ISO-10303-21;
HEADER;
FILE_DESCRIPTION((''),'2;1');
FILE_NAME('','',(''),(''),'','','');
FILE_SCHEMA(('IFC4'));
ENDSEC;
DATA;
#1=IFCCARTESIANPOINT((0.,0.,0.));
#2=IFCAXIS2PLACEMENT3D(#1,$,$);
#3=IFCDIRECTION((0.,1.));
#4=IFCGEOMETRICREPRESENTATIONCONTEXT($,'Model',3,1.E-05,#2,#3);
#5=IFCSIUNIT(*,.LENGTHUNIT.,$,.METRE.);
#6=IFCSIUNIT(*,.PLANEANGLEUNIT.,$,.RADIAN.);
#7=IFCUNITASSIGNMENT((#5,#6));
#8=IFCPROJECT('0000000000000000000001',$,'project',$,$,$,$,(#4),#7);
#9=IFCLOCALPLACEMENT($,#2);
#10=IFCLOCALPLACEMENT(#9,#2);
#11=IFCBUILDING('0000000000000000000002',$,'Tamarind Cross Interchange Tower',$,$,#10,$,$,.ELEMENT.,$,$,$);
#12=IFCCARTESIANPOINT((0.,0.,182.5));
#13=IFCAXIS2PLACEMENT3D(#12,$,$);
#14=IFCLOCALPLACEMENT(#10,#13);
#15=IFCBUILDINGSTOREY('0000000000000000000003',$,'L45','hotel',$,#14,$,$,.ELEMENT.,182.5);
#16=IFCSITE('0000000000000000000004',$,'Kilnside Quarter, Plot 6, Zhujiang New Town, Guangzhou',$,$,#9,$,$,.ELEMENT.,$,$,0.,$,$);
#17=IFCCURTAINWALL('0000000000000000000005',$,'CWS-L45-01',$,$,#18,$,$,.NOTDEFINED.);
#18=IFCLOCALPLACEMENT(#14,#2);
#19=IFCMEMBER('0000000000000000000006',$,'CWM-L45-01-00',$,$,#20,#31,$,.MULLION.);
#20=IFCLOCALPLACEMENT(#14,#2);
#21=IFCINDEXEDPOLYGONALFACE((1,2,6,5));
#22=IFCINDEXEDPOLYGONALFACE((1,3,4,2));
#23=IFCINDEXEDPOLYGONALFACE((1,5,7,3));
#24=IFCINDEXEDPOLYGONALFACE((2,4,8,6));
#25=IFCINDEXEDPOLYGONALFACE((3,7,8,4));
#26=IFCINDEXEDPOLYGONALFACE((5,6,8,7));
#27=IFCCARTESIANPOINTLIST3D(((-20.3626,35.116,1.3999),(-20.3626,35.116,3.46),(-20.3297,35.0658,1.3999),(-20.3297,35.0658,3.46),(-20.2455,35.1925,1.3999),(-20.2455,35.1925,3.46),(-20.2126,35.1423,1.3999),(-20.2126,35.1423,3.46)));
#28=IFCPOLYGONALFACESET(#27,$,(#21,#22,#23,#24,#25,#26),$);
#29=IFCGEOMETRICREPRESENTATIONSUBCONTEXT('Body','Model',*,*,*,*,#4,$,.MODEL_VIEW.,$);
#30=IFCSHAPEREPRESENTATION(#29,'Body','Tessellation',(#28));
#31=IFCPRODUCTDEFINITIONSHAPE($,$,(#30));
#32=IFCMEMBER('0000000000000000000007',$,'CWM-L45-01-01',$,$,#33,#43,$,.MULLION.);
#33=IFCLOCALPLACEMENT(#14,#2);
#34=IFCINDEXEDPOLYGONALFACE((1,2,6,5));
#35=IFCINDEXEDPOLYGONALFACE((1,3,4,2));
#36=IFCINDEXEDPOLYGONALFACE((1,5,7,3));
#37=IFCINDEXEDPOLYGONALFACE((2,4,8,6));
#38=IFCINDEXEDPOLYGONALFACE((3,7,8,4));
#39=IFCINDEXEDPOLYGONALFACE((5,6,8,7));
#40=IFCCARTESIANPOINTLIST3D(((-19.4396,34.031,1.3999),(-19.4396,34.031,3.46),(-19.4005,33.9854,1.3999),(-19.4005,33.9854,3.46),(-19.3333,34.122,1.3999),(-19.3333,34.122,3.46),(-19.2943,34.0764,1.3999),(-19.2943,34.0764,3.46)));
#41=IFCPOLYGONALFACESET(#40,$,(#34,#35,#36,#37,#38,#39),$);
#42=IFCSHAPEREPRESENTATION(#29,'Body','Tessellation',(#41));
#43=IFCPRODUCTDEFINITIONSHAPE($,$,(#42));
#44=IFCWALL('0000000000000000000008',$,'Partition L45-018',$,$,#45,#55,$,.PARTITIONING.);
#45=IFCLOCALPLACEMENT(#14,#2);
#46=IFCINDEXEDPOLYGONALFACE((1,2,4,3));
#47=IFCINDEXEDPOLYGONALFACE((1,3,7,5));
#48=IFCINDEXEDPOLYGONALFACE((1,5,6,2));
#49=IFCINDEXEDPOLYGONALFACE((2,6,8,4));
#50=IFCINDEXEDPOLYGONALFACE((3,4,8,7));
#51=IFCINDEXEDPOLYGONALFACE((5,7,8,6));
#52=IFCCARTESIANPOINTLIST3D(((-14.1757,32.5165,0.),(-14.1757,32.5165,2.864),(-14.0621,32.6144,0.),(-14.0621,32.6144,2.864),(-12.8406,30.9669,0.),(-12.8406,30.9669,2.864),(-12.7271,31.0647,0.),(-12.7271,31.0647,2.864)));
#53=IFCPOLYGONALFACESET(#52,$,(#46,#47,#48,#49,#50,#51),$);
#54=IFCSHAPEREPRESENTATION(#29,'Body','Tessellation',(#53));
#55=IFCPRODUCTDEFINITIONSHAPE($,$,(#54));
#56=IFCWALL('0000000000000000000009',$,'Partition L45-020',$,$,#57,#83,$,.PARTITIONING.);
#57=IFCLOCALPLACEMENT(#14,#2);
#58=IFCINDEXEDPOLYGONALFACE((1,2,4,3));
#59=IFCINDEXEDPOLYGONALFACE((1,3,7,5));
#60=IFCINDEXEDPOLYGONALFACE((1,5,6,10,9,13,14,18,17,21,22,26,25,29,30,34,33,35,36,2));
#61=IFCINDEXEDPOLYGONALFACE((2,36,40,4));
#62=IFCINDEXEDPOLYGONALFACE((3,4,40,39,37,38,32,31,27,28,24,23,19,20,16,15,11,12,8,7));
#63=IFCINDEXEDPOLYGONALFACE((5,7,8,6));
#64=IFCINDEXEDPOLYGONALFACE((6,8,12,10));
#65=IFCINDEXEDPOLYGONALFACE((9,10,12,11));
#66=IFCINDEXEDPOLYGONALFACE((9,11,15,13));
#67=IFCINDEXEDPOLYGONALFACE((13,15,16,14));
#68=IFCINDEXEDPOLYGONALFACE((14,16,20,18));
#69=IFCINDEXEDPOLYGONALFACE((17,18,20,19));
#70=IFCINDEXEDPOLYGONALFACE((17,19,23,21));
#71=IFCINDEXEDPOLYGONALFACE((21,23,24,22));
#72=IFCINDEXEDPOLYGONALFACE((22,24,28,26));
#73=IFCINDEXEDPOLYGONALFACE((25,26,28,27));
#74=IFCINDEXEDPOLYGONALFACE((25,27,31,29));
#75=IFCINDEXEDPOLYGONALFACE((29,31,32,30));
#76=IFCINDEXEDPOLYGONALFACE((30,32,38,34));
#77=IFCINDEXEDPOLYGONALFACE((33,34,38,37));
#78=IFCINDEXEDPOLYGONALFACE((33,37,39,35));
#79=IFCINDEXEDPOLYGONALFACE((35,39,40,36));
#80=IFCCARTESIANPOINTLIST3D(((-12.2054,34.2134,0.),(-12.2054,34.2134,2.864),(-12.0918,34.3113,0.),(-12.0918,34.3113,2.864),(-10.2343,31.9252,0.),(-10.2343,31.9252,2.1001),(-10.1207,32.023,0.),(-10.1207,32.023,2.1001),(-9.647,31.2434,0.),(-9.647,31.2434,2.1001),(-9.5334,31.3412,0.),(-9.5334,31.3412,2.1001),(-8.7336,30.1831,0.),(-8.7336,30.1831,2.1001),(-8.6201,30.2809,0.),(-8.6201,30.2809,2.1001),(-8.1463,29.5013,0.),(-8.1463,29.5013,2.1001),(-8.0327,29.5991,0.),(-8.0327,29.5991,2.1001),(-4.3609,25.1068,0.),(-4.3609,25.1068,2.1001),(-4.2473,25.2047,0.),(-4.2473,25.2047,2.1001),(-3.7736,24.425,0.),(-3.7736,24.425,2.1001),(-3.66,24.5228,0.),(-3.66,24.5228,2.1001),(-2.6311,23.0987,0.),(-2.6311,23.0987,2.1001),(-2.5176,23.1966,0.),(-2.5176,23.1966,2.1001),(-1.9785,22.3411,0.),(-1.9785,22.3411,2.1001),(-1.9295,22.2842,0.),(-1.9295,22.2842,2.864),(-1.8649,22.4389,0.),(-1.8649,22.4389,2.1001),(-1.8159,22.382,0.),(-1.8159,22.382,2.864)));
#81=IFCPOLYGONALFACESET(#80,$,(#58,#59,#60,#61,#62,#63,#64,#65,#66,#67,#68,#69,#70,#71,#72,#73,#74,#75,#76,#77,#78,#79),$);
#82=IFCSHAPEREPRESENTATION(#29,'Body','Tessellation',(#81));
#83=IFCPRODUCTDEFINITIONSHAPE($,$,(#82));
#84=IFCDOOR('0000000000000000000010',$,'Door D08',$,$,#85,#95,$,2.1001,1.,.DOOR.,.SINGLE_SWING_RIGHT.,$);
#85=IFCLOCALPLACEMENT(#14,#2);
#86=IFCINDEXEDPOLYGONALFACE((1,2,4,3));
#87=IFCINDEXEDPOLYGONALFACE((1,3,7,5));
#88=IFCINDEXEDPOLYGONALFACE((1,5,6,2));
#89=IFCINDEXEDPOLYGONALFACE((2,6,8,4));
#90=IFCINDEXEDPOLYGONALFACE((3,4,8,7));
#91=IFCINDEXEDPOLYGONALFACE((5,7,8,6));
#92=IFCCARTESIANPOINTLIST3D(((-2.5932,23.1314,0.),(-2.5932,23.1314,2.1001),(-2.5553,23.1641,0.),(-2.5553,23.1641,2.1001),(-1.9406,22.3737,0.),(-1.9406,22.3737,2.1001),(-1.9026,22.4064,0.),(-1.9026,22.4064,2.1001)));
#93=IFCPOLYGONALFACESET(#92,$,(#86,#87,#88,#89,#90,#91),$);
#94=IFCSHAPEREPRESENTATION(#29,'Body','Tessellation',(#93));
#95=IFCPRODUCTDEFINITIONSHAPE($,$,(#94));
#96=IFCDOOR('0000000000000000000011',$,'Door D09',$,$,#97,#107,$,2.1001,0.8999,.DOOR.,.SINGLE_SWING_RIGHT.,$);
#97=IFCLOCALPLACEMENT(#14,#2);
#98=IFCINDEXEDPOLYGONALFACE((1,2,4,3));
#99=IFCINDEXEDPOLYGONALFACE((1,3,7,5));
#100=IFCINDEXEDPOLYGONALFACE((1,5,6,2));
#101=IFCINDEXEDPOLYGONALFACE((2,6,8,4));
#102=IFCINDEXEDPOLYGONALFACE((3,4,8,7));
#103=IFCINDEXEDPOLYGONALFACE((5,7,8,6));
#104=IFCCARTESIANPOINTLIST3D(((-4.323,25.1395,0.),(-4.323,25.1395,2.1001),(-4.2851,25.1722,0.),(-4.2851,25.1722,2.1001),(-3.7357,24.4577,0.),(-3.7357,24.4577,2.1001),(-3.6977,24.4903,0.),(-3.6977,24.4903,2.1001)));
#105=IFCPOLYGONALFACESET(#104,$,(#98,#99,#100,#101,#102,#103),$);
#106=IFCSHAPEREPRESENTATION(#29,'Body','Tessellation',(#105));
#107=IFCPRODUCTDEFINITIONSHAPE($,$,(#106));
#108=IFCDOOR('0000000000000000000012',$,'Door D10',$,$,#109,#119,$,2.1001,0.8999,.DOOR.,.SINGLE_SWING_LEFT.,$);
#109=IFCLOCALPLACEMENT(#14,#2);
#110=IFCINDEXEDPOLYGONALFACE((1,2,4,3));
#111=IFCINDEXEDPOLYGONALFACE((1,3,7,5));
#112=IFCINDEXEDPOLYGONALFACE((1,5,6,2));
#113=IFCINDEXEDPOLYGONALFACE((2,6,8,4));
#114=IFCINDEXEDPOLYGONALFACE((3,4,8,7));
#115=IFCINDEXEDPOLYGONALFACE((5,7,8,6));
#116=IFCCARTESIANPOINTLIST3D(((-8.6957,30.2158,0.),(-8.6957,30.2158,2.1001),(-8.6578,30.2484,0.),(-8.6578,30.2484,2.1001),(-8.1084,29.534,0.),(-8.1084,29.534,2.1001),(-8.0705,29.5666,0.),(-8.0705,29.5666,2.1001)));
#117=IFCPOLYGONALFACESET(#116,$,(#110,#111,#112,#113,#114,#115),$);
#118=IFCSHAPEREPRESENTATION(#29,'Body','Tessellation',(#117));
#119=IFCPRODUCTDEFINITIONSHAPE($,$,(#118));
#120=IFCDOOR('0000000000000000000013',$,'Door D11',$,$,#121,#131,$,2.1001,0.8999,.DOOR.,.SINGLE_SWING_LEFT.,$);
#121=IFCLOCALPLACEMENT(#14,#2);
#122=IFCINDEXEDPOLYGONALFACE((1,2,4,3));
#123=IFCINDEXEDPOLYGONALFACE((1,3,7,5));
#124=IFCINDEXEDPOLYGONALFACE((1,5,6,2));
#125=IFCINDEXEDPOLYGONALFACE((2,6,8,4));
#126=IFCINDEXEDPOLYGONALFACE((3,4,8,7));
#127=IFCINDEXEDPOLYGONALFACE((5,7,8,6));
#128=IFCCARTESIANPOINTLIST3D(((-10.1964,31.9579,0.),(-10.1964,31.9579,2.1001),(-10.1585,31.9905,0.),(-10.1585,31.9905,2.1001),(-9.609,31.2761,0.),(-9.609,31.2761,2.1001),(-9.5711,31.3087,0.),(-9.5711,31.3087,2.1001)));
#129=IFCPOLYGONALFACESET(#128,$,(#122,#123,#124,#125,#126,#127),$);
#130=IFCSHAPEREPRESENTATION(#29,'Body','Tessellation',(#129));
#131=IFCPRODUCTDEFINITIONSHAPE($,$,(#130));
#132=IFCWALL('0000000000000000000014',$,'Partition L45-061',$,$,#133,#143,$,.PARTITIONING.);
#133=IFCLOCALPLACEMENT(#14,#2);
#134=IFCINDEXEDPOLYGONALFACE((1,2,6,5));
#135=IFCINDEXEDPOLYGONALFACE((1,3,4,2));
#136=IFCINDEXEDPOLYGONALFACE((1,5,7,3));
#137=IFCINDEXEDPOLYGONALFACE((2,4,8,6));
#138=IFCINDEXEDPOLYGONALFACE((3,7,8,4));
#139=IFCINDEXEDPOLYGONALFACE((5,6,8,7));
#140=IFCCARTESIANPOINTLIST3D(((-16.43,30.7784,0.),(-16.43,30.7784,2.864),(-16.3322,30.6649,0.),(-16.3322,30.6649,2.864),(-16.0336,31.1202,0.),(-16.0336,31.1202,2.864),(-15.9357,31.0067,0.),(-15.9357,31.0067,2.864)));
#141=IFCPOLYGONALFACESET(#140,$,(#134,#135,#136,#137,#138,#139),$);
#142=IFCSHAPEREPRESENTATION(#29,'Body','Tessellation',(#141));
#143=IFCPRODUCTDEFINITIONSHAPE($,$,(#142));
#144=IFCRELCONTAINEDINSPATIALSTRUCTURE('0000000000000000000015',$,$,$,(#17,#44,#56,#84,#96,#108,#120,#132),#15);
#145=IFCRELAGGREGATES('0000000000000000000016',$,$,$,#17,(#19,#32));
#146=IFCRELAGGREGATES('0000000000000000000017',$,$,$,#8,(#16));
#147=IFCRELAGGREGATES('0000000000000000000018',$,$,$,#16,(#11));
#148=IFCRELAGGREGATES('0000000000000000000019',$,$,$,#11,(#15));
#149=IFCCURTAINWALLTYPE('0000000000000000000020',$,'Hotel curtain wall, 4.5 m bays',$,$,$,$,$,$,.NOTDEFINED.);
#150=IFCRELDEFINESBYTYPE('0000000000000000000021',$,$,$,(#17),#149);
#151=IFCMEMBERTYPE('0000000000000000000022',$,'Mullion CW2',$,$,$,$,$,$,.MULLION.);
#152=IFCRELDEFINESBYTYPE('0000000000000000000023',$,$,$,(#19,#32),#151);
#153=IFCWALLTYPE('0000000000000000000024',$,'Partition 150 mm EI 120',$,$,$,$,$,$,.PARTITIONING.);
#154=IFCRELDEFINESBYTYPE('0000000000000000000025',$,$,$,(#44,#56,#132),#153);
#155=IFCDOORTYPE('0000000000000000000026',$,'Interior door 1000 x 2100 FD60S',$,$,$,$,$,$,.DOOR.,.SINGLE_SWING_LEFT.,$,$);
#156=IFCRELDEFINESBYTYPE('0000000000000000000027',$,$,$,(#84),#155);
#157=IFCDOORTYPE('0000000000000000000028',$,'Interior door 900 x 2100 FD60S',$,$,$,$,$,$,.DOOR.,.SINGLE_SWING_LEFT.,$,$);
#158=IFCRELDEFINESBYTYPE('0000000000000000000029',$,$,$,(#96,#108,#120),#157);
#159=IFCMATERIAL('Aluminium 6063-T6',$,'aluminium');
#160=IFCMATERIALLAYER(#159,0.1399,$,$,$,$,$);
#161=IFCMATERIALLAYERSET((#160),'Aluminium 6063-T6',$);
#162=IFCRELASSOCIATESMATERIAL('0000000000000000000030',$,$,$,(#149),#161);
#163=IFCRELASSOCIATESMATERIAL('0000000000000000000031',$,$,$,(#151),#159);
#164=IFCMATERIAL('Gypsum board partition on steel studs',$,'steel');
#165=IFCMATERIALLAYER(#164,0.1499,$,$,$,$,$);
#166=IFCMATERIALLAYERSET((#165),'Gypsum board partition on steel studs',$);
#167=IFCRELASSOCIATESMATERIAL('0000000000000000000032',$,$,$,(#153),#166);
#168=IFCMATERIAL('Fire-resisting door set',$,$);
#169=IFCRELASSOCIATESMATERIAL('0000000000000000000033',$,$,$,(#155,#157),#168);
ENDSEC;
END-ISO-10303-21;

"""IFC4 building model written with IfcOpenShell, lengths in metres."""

from ifc_helpers import new_model, si_unit, direction, frame, frame_2d, origin, origin_2d, place, context, subcontext, project, spatial, rectangle, extrude, material, layer, layer_set, material_profile, profile_set, type_object, element, fill, aggregate, save


model = new_model("IFC4")

# Units and contexts
model_context = context("Model", 3, precision=1e-05, world=origin(), true_north=direction((0.0, 1.0)))
body_context = subcontext(model_context, "Body", "Model", "MODEL_VIEW")
ifc_project = project(units=[si_unit("LENGTHUNIT", "METRE"), si_unit("PLANEANGLEUNIT", "RADIAN")], contexts=[model_context])

# Site, building, storey
site_placement = place(None, origin())
site = spatial("IfcSite", under=ifc_project, at=site_placement, Name="Kilnside Quarter, Plot 6, Zhujiang New Town, Guangzhou", CompositionType="ELEMENT", RefElevation=0.0)
building_placement = place(site_placement, origin())
building = spatial("IfcBuilding", under=site, at=building_placement, Name="Tamarind Cross Interchange Tower", CompositionType="ELEMENT")
storey_placement = place(building_placement, frame((0.0, 0.0, 182.5)))
storey = spatial("IfcBuildingStorey", under=building, at=storey_placement, Name="L45", Description="hotel", CompositionType="ELEMENT", Elevation=182.5)

# Curtain wall, members
ifc_material_1 = material(Name="Aluminium 6063-T6", Category="aluminium")
ifc_layer_1 = layer(ifc_material_1, 0.1399)
ifc_layer_set_1 = layer_set([ifc_layer_1], Name="Aluminium 6063-T6")
curtain_wall_type = type_object("IfcCurtainWallType", Name="Hotel curtain wall, 4.5 m bays", PredefinedType="NOTDEFINED", material=ifc_layer_set_1)
ifc_material_profile_1 = material_profile(ifc_material_1, rectangle(XDim=0.0601, YDim=0.1399, at=origin_2d()), Name="Mullion CW2")
ifc_profile_set_1 = profile_set([ifc_material_profile_1], Name="Aluminium 6063-T6")
member_type = type_object("IfcMemberType", Name="Mullion CW2", PredefinedType="MULLION", material=ifc_profile_set_1)
curtain_wall_1_placement = place(storey_placement, origin())
curtain_wall_1 = element("IfcCurtainWall", 1, at=curtain_wall_1_placement, inside=storey, type_object=curtain_wall_type, Name="CWS-L45-01", PredefinedType="NOTDEFINED")
member_1_placement = place(storey_placement, frame((-20.2876, 35.1292, 1.3999), z_axis=(0.0, 0.0, 1.0), x_axis=(0.546948, -0.837166, 0.0)))
member_1 = element("IfcMember", 2, at=member_1_placement, type_object=member_type, Name="CWM-L45-01-00", PredefinedType="MULLION", context=body_context, shape_type="SweptSolid", body=[
    extrude(rectangle(XDim=0.0601, YDim=0.1399, at=origin_2d()), origin(), (0.0, 0.0, 1.0), 2.0601),
])
member_2_placement = place(storey_placement, frame((-19.3669, 34.0537, 1.3999), z_axis=(0.0, 0.0, 1.0), x_axis=(0.650358, -0.759628, 0.0)))
member_2 = element("IfcMember", 3, at=member_2_placement, type_object=member_type, Name="CWM-L45-01-01", PredefinedType="MULLION", context=body_context, shape_type="SweptSolid", body=[
    extrude(rectangle(XDim=0.0601, YDim=0.1399, at=origin_2d()), origin(), (0.0, 0.0, 1.0), 2.0601),
])
aggregate(curtain_wall_1, [member_1, member_2])

# Wall
ifc_material_2 = material(Name="Gypsum board partition on steel studs", Category="steel")
ifc_layer_2 = layer(ifc_material_2, 0.1499)
ifc_layer_set_2 = layer_set([ifc_layer_2], Name="Gypsum board partition on steel studs")
wall_type = type_object("IfcWallType", Name="Partition 150 mm EI 120", PredefinedType="PARTITIONING", material=ifc_layer_set_2)
wall_1_placement = place(storey_placement, frame((-14.1189, 32.5654, 0.0), z_axis=(0.0, 0.0, 1.0), x_axis=(0.652696, -0.75762, 0.0)))
element("IfcWall", 4, at=wall_1_placement, inside=storey, type_object=wall_type, Name="Partition L45-018", PredefinedType="PARTITIONING", context=body_context, shape_type="SweptSolid", body=[
    extrude(rectangle(XDim=2.0454, YDim=0.1499, at=frame_2d((1.0227, 0.0))), origin(), (0.0, 0.0, 1.0), 2.864),
])

# Wall, openings, doors
wall_2_placement = place(storey_placement, frame((-12.1487, 34.2625, 0.0), z_axis=(0.0, 0.0, 1.0), x_axis=(0.652651, -0.757658, 0.0)))
wall_2 = element("IfcWall", 5, at=wall_2_placement, inside=storey, type_object=wall_type, Name="Partition L45-020", PredefinedType="PARTITIONING", context=body_context, shape_type="SweptSolid", body=[
    extrude(rectangle(XDim=15.7449, YDim=0.1499, at=frame_2d((7.8726, 0.0))), origin(), (0.0, 0.0, 1.0), 2.864),
])
opening_1_placement = place(wall_2_placement, frame((14.6699, 0.0, 0.0)))
opening_1 = element("IfcOpeningElement", 6, at=opening_1_placement, cuts=wall_2, PredefinedType="OPENING", context=body_context, shape_type="SweptSolid", body=[
    extrude(rectangle(XDim=1.0, YDim=2.1001, at=frame_2d((0.5, 1.05))), frame((0.0, 0.085, 0.0), z_axis=(0.0, -1.0, 0.0), x_axis=(1.0, 0.0, 0.0)), (0.0, 0.0, 1.0), 0.1699),
])
opening_2_placement = place(wall_2_placement, frame((12.0195, 0.0, 0.0)))
opening_2 = element("IfcOpeningElement", 7, at=opening_2_placement, cuts=wall_2, PredefinedType="OPENING", context=body_context, shape_type="SweptSolid", body=[
    extrude(rectangle(XDim=0.8999, YDim=2.1001, at=frame_2d((0.45, 1.05))), frame((0.0, 0.085, 0.0), z_axis=(0.0, -1.0, 0.0), x_axis=(1.0, 0.0, 0.0)), (0.0, 0.0, 1.0), 0.1699),
])
opening_3_placement = place(wall_2_placement, frame((5.3196, 0.0, 0.0)))
opening_3 = element("IfcOpeningElement", 8, at=opening_3_placement, cuts=wall_2, PredefinedType="OPENING", context=body_context, shape_type="SweptSolid", body=[
    extrude(rectangle(XDim=0.8999, YDim=2.1001, at=frame_2d((0.45, 1.05))), frame((0.0, 0.085, 0.0), z_axis=(0.0, -1.0, 0.0), x_axis=(1.0, 0.0, 0.0)), (0.0, 0.0, 1.0), 0.1699),
])
opening_4_placement = place(wall_2_placement, frame((3.0203, 0.0, 0.0)))
opening_4 = element("IfcOpeningElement", 9, at=opening_4_placement, cuts=wall_2, PredefinedType="OPENING", context=body_context, shape_type="SweptSolid", body=[
    extrude(rectangle(XDim=0.8999, YDim=2.1001, at=frame_2d((0.45, 1.05))), frame((0.0, 0.085, 0.0), z_axis=(0.0, -1.0, 0.0), x_axis=(1.0, 0.0, 0.0)), (0.0, 0.0, 1.0), 0.1699),
])
ifc_material_3 = material(Name="Fire-resisting door set")
door_type_1 = type_object("IfcDoorType", Name="Interior door 1000 x 2100 FD60S", OperationType="SINGLE_SWING_LEFT", PredefinedType="DOOR", material=ifc_material_3)
door_1_placement = place(opening_1_placement, frame((1.0, 0.0, 0.0), z_axis=(0.0, 0.0, 1.0), x_axis=(-1.0, 0.0, 0.0)))
door_1 = element("IfcDoor", 10, at=door_1_placement, inside=storey, type_object=door_type_1, Name="Door D08", OperationType="SINGLE_SWING_RIGHT", OverallHeight=2.1001, OverallWidth=1.0, PredefinedType="DOOR", context=body_context, shape_type="SweptSolid", body=[
    extrude(rectangle(XDim=1.0, YDim=2.1001, at=frame_2d((0.5, 1.05))), frame((0.0, 0.0249, 0.0), z_axis=(0.0, -1.0, 0.0), x_axis=(1.0, 0.0, 0.0)), (0.0, 0.0, 1.0), 0.05),
])
fill(opening_1, door_1)
door_type_2 = type_object("IfcDoorType", Name="Interior door 900 x 2100 FD60S", OperationType="SINGLE_SWING_LEFT", PredefinedType="DOOR", material=ifc_material_3)
door_2_placement = place(opening_2_placement, frame((0.8999, 0.0, 0.0), z_axis=(0.0, 0.0, 1.0), x_axis=(-1.0, 0.0, 0.0)))
door_2 = element("IfcDoor", 11, at=door_2_placement, inside=storey, type_object=door_type_2, Name="Door D09", OperationType="SINGLE_SWING_RIGHT", OverallHeight=2.1001, OverallWidth=0.8999, PredefinedType="DOOR", context=body_context, shape_type="SweptSolid", body=[
    extrude(rectangle(XDim=0.8999, YDim=2.1001, at=frame_2d((0.45, 1.05))), frame((0.0, 0.0249, 0.0), z_axis=(0.0, -1.0, 0.0), x_axis=(1.0, 0.0, 0.0)), (0.0, 0.0, 1.0), 0.05),
])
fill(opening_2, door_2)
door_3_placement = place(opening_3_placement, frame((0.8999, 0.0, 0.0), z_axis=(0.0, 0.0, 1.0), x_axis=(-1.0, 0.0, 0.0)))
door_3 = element("IfcDoor", 12, at=door_3_placement, inside=storey, type_object=door_type_2, Name="Door D10", OperationType="SINGLE_SWING_LEFT", OverallHeight=2.1001, OverallWidth=0.8999, PredefinedType="DOOR", context=body_context, shape_type="SweptSolid", body=[
    extrude(rectangle(XDim=0.8999, YDim=2.1001, at=frame_2d((0.45, 1.05))), frame((0.0, 0.0249, 0.0), z_axis=(0.0, -1.0, 0.0), x_axis=(1.0, 0.0, 0.0)), (0.0, 0.0, 1.0), 0.05),
])
fill(opening_3, door_3)
door_4_placement = place(opening_4_placement, frame((0.8999, 0.0, 0.0), z_axis=(0.0, 0.0, 1.0), x_axis=(-1.0, 0.0, 0.0)))
door_4 = element("IfcDoor", 13, at=door_4_placement, inside=storey, type_object=door_type_2, Name="Door D11", OperationType="SINGLE_SWING_LEFT", OverallHeight=2.1001, OverallWidth=0.8999, PredefinedType="DOOR", context=body_context, shape_type="SweptSolid", body=[
    extrude(rectangle(XDim=0.8999, YDim=2.1001, at=frame_2d((0.45, 1.05))), frame((0.0, 0.0249, 0.0), z_axis=(0.0, -1.0, 0.0), x_axis=(1.0, 0.0, 0.0)), (0.0, 0.0, 1.0), 0.05),
])
fill(opening_4, door_4)

# Wall
wall_3_placement = place(storey_placement, frame((-16.3811, 30.7217, 0.0), z_axis=(0.0, 0.0, 1.0), x_axis=(0.75741, 0.65294, 0.0)))
element("IfcWall", 14, at=wall_3_placement, inside=storey, type_object=wall_type, Name="Partition L45-061", PredefinedType="PARTITIONING", context=body_context, shape_type="SweptSolid", body=[
    extrude(rectangle(XDim=0.5234, YDim=0.1499, at=frame_2d((0.2617, 0.0))), origin(), (0.0, 0.0, 1.0), 2.864),
])

save(model, "model.ifc")
